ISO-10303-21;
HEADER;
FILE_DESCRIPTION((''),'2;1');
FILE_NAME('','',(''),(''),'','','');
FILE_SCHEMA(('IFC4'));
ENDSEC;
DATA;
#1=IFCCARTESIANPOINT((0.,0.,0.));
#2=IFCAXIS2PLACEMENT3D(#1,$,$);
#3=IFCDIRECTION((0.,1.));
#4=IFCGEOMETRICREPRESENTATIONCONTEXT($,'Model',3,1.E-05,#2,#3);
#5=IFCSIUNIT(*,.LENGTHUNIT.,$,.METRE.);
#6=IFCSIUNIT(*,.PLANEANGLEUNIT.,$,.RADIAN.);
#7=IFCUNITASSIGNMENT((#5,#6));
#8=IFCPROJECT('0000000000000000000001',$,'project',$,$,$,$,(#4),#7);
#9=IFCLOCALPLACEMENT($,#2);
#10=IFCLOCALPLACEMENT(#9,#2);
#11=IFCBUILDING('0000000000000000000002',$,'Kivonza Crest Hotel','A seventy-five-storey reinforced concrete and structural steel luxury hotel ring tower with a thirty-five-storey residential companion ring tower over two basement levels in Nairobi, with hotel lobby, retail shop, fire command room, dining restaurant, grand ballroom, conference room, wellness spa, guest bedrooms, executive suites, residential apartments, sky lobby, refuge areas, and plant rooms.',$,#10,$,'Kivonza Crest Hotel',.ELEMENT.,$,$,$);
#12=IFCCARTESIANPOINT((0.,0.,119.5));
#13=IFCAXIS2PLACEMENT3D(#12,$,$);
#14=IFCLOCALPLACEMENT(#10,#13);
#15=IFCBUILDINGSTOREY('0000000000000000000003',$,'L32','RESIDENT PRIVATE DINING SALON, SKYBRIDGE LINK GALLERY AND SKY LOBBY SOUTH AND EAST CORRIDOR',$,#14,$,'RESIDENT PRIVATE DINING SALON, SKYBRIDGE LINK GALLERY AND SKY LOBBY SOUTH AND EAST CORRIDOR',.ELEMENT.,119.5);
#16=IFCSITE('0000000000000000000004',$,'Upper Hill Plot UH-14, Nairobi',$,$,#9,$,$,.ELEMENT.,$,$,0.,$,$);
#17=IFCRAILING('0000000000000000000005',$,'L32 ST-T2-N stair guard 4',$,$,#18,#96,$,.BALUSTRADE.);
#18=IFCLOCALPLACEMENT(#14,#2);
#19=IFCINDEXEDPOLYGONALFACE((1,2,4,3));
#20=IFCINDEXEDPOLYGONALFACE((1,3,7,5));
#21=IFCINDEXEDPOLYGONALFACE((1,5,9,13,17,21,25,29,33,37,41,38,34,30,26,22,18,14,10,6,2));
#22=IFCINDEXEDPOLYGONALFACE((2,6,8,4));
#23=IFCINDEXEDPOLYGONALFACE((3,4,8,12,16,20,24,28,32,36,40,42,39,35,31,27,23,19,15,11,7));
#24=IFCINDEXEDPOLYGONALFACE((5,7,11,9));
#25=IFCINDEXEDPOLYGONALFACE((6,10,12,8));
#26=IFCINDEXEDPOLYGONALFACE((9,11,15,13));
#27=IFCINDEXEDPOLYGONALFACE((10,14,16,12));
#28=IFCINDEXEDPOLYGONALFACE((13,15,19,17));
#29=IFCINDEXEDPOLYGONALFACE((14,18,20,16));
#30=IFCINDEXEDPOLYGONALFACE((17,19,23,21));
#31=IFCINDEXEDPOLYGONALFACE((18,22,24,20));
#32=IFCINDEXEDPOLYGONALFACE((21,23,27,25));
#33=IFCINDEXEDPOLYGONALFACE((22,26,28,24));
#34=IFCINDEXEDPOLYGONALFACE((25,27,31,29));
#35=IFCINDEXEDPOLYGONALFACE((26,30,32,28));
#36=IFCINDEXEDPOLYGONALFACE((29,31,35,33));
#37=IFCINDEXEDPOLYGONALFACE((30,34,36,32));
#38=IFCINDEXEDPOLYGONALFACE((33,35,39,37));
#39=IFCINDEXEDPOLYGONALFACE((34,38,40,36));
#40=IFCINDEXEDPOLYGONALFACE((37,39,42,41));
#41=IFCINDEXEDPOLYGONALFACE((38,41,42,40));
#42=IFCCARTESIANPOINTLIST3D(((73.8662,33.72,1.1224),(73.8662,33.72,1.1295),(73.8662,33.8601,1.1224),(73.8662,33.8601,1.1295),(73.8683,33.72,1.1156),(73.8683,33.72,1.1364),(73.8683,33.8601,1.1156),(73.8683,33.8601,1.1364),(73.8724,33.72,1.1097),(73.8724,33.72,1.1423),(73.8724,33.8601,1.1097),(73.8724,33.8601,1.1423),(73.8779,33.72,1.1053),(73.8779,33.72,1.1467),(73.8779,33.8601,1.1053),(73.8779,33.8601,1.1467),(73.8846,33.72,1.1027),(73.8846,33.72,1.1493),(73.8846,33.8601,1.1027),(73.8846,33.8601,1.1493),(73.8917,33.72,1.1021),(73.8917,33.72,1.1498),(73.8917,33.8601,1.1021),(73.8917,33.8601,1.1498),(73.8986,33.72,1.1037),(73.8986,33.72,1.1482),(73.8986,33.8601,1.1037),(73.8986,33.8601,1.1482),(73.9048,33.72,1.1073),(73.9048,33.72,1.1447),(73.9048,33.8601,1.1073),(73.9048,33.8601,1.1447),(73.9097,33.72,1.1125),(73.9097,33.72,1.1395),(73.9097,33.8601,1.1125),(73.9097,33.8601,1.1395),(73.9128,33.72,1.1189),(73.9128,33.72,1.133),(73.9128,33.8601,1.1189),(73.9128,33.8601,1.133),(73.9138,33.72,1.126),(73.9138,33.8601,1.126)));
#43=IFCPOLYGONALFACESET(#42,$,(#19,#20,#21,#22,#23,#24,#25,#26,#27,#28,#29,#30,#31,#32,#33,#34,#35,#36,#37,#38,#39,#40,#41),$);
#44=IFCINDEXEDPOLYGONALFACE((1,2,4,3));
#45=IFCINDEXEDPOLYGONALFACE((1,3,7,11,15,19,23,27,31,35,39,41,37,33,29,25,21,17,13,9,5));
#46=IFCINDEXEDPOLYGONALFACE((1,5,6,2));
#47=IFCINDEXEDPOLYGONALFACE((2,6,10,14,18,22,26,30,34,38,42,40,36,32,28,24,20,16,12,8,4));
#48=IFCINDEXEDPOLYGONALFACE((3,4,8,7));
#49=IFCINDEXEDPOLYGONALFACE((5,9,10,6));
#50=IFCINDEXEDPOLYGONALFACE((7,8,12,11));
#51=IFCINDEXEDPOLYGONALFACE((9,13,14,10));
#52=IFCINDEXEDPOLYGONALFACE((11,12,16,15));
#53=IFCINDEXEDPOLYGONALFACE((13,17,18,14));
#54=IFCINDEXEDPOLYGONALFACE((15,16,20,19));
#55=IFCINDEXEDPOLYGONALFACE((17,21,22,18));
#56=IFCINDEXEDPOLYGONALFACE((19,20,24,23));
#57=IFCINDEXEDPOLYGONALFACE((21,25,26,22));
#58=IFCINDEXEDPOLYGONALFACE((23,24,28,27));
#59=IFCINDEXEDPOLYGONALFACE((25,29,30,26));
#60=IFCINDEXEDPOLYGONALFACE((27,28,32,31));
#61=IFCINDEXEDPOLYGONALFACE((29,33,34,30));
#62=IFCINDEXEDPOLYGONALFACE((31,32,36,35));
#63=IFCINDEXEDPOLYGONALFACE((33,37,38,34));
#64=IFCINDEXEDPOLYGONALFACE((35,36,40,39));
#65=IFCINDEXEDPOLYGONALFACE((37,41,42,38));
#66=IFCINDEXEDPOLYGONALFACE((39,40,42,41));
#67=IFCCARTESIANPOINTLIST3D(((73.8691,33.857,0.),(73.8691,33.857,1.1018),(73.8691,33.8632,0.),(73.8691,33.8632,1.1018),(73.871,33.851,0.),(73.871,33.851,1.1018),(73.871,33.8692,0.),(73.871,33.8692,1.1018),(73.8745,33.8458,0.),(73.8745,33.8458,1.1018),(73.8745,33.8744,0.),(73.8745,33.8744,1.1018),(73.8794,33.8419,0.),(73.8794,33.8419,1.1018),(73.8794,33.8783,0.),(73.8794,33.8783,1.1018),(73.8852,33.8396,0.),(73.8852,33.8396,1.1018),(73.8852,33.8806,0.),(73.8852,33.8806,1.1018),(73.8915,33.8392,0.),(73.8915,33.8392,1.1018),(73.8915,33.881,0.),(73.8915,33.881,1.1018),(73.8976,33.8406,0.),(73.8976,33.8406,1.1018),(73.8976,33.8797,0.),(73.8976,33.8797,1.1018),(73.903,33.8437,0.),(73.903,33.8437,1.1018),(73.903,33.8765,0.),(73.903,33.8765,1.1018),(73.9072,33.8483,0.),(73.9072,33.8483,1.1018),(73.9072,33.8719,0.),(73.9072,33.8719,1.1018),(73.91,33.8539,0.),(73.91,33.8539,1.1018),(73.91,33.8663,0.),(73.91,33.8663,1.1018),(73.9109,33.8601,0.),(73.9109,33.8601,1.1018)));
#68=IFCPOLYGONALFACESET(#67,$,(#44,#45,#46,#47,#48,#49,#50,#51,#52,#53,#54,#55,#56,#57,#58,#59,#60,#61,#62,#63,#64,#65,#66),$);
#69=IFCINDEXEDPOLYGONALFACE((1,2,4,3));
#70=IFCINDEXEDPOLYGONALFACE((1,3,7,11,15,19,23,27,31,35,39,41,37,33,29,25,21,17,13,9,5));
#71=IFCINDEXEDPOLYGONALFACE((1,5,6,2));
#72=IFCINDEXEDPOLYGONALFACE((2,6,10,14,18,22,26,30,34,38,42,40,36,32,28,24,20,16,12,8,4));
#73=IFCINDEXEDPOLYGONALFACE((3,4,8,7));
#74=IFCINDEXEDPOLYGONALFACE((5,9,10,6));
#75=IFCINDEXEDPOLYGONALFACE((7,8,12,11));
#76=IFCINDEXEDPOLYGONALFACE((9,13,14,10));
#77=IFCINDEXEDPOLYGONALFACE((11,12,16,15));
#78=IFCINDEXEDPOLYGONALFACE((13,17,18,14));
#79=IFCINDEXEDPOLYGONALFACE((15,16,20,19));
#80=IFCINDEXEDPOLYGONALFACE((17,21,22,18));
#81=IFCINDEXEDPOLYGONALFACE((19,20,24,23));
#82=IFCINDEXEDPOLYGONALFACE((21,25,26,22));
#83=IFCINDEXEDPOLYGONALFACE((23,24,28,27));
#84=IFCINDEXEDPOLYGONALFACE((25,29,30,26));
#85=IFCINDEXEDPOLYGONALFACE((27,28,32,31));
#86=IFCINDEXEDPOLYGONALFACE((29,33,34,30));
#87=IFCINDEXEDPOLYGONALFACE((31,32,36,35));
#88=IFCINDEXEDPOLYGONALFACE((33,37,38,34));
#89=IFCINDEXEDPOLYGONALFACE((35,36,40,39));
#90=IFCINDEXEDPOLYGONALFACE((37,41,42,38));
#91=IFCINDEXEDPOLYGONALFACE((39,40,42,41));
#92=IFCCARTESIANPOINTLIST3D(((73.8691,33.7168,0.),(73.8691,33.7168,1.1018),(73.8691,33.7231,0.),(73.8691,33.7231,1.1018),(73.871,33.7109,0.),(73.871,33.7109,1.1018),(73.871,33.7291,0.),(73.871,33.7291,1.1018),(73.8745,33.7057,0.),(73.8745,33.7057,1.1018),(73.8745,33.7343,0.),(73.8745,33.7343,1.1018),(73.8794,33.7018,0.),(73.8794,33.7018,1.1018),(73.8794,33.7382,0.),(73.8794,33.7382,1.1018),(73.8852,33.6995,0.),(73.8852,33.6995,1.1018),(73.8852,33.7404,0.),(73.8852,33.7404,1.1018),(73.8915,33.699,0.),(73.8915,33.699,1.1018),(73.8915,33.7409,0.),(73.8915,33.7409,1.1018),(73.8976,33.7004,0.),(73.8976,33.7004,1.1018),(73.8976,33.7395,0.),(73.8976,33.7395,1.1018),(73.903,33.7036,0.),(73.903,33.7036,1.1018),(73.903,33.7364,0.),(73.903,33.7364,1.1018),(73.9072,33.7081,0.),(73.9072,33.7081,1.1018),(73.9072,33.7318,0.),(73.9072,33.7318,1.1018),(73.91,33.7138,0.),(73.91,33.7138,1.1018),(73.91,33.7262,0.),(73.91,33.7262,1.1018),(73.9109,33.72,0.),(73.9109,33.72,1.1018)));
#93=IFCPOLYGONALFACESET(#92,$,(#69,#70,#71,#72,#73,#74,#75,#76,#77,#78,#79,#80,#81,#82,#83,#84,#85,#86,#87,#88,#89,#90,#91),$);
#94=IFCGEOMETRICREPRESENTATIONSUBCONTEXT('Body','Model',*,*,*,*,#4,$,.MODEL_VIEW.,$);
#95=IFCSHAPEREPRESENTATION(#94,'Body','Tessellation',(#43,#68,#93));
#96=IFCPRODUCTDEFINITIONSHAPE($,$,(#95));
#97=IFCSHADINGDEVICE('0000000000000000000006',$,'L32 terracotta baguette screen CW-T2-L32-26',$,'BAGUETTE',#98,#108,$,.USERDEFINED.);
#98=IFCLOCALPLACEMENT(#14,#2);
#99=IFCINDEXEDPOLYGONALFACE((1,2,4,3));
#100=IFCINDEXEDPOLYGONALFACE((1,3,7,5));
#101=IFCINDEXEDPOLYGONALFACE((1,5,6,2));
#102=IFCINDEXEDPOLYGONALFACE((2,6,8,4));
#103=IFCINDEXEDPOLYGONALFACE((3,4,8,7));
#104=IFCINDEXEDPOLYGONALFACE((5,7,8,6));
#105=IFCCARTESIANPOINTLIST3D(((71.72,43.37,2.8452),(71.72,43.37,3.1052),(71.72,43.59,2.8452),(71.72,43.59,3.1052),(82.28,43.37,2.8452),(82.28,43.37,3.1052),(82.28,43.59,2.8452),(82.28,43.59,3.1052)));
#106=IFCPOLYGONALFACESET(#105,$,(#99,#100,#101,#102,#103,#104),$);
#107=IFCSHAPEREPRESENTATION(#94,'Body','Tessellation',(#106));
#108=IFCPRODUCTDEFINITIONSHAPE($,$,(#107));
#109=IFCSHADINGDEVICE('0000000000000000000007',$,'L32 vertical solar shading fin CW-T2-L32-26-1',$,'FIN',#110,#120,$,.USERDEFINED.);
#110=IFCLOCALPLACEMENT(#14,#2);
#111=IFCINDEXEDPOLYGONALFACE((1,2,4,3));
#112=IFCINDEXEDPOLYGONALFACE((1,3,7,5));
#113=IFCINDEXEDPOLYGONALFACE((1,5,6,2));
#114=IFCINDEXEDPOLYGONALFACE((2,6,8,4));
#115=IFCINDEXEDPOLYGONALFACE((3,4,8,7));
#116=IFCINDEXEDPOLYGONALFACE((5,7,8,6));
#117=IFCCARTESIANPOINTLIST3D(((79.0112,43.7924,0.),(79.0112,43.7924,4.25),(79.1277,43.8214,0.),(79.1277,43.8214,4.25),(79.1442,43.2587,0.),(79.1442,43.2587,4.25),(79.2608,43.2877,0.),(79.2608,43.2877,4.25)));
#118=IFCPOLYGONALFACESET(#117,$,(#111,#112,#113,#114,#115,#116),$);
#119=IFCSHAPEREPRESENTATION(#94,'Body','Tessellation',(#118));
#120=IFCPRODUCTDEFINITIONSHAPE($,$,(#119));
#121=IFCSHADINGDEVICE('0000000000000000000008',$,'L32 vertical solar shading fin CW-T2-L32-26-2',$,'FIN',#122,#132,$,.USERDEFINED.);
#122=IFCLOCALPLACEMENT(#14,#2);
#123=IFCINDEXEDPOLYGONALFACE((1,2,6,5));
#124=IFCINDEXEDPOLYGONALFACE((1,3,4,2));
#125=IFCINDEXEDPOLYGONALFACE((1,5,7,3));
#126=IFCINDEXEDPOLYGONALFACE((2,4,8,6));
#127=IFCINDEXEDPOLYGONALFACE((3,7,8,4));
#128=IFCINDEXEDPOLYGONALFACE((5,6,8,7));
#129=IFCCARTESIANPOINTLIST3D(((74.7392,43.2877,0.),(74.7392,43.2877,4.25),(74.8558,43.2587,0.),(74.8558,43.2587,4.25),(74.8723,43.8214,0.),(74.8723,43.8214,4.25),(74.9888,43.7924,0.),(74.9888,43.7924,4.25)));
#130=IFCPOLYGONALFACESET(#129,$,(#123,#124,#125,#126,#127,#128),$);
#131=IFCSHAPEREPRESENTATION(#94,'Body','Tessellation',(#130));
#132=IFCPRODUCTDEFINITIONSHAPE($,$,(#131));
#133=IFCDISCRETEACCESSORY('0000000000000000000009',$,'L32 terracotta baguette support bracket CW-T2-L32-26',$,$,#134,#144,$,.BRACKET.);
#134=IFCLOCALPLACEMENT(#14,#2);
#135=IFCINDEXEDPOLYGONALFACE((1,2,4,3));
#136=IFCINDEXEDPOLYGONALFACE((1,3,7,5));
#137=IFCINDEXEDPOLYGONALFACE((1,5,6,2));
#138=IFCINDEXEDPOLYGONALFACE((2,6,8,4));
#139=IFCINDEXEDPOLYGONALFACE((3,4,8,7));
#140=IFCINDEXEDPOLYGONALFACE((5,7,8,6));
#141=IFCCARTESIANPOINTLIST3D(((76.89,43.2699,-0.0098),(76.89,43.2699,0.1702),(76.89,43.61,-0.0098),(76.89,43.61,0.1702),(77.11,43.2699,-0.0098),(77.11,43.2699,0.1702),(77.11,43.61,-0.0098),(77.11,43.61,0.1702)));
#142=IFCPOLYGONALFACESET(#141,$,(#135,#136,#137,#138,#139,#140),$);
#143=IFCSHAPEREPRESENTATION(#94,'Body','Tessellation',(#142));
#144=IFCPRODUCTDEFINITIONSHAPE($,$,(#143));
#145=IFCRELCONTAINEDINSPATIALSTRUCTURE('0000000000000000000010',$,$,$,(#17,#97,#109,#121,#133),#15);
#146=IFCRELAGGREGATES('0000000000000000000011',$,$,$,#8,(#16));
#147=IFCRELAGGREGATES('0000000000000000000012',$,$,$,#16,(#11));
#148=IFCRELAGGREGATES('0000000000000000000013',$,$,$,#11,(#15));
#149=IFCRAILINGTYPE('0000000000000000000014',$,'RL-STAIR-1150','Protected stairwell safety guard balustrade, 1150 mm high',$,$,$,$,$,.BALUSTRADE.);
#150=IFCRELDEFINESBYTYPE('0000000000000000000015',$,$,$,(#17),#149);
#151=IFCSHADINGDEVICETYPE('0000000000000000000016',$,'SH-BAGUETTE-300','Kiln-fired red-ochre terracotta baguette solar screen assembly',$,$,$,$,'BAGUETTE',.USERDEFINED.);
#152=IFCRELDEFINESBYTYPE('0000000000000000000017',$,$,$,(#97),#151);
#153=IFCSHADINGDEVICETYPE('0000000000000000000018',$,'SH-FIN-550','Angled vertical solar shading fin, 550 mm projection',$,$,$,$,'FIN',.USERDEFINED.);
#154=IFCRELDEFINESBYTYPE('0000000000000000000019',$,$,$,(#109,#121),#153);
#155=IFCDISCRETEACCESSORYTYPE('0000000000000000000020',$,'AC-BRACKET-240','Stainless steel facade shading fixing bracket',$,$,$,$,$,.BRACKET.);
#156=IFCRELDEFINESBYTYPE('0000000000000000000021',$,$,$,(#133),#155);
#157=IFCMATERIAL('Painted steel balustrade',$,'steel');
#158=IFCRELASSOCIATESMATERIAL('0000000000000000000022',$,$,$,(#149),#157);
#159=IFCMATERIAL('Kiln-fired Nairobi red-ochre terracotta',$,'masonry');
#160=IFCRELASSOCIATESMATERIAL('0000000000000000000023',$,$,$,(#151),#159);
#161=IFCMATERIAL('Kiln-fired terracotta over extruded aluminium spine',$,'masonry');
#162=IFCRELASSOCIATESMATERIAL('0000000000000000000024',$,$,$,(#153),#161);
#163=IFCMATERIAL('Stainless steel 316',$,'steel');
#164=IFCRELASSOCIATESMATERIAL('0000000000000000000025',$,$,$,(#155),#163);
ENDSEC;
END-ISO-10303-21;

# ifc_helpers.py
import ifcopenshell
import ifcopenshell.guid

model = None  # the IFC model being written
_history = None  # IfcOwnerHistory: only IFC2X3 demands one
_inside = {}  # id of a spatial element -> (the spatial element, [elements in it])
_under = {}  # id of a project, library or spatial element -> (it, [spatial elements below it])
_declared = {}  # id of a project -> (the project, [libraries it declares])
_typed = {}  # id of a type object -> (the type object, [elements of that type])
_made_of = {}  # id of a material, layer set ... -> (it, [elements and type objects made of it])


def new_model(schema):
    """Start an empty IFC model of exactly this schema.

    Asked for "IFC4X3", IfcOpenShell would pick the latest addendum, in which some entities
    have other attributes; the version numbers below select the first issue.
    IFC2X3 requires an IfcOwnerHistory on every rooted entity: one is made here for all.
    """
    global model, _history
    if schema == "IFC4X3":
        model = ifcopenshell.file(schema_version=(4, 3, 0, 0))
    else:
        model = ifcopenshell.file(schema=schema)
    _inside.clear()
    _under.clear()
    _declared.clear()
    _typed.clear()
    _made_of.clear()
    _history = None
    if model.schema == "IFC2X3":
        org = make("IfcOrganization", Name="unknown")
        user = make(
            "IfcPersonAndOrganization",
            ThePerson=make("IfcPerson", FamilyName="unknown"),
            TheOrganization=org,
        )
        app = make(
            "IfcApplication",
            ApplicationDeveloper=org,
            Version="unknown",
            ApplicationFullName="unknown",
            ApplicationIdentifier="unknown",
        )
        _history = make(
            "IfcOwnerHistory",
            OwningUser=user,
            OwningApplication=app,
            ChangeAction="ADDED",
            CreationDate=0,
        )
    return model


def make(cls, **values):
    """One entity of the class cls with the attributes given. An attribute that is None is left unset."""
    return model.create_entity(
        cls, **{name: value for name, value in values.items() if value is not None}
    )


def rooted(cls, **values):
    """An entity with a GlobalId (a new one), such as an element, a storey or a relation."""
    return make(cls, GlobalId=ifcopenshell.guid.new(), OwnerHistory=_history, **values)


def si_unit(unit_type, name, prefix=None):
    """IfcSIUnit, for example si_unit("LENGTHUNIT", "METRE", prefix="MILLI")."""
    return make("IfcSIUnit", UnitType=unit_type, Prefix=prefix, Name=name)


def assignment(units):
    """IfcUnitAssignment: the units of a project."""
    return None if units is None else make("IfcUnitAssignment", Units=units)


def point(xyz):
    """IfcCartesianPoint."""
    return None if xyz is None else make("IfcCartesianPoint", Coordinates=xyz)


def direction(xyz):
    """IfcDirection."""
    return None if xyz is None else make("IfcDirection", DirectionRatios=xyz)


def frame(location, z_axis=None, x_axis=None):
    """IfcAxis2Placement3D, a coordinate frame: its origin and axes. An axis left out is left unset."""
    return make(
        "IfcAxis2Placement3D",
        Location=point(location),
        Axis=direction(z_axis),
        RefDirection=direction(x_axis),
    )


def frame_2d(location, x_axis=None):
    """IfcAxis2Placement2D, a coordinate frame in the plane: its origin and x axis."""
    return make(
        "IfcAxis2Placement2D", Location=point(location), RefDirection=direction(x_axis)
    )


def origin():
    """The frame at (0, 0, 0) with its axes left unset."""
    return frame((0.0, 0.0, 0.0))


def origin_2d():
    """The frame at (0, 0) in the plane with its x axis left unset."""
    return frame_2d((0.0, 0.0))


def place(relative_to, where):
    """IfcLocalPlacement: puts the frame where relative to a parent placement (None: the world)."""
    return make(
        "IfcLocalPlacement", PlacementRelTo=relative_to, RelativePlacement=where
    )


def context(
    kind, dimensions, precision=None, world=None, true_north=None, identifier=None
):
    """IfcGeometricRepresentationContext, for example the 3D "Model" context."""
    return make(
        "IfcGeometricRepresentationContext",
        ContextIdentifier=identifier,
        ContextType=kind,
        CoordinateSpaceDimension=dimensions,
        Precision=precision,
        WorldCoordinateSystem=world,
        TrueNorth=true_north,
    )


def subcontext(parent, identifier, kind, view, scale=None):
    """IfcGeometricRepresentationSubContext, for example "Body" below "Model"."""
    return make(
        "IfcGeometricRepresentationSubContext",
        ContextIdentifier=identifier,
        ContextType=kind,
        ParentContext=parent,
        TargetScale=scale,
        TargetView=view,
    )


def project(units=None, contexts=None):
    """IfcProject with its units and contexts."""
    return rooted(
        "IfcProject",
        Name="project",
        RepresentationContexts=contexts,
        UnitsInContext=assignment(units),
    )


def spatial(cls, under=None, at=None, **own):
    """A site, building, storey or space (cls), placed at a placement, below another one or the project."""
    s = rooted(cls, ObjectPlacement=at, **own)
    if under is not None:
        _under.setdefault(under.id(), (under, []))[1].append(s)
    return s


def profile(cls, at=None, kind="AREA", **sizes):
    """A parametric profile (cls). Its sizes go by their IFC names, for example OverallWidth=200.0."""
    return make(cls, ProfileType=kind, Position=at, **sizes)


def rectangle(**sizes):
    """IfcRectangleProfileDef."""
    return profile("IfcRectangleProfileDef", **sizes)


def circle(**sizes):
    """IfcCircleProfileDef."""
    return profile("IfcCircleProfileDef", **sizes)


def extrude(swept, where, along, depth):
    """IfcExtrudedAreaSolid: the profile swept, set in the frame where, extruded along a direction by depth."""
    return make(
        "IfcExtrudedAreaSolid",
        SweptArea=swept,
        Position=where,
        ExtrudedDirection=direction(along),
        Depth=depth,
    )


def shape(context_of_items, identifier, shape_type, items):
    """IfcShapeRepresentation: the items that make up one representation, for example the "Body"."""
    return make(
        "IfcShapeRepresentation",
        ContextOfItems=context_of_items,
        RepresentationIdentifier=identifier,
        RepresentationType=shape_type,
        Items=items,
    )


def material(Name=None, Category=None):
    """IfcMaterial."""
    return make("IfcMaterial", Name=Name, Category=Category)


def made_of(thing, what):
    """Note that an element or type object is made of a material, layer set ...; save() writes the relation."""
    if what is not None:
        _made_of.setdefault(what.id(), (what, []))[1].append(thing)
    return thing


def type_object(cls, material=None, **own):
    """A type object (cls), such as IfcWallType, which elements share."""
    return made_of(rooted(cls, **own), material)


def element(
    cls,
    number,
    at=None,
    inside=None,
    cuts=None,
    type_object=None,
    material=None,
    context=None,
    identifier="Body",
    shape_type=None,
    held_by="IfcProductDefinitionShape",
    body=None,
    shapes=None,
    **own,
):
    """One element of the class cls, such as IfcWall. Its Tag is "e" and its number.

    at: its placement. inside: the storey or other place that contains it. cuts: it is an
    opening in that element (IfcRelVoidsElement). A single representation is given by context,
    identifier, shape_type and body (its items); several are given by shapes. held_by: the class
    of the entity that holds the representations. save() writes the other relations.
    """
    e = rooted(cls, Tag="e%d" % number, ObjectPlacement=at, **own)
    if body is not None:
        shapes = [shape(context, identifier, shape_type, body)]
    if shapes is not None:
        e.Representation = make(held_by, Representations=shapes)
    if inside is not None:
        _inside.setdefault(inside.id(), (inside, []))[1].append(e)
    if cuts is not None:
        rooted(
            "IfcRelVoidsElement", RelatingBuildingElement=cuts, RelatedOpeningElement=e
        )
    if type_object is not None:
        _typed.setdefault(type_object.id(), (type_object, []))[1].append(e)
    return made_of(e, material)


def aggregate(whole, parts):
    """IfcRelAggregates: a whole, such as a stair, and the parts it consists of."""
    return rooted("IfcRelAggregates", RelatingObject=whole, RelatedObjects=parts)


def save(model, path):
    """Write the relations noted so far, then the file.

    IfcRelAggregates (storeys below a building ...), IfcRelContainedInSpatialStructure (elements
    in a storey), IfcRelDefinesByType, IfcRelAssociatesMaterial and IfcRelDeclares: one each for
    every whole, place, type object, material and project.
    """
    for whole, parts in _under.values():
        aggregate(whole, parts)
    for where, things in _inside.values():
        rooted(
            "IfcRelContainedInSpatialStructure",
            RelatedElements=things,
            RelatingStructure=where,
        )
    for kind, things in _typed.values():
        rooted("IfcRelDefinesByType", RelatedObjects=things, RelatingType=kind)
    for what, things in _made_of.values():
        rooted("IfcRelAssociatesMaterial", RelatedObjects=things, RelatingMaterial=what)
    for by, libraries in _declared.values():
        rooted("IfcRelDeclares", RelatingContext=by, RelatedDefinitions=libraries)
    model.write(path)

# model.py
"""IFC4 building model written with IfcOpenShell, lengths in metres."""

from ifc_helpers import new_model, si_unit, direction, frame, origin, origin_2d, place, context, subcontext, project, spatial, rectangle, circle, extrude, material, type_object, element, save


model = new_model("IFC4")

# Units and contexts
model_context = context("Model", 3, precision=1e-05, world=origin(), true_north=direction((0.0, 1.0)))
body_context = subcontext(model_context, "Body", "Model", "MODEL_VIEW")
ifc_project = project(units=[si_unit("LENGTHUNIT", "METRE"), si_unit("PLANEANGLEUNIT", "RADIAN")], contexts=[model_context])

# Site, building, storey
site_placement = place(None, origin())
site = spatial("IfcSite", under=ifc_project, at=site_placement, Name="Upper Hill Plot UH-14, Nairobi", CompositionType="ELEMENT", RefElevation=0.0)
building_placement = place(site_placement, origin())
building = spatial("IfcBuilding", under=site, at=building_placement, Name="Kivonza Crest Hotel", Description="A seventy-five-storey reinforced concrete and structural steel luxury hotel ring tower with a thirty-five-storey residential companion ring tower over two basement levels in Nairobi, with hotel lobby, retail shop, fire command room, dining restaurant, grand ballroom, conference room, wellness spa, guest bedrooms, executive suites, residential apartments, sky lobby, refuge areas, and plant rooms.", LongName="Kivonza Crest Hotel", CompositionType="ELEMENT")
storey_placement = place(building_placement, frame((0.0, 0.0, 119.5)))
storey = spatial("IfcBuildingStorey", under=building, at=storey_placement, Name="L32", Description="RESIDENT PRIVATE DINING SALON, SKYBRIDGE LINK GALLERY AND SKY LOBBY SOUTH AND EAST CORRIDOR", LongName="RESIDENT PRIVATE DINING SALON, SKYBRIDGE LINK GALLERY AND SKY LOBBY SOUTH AND EAST CORRIDOR", CompositionType="ELEMENT", Elevation=119.5)

# Railing
ifc_material_1 = material(Name="Painted steel balustrade", Category="steel")
railing_type_1 = type_object("IfcRailingType", Name="RL-STAIR-1150", Description="Protected stairwell safety guard balustrade, 1150 mm high", PredefinedType="BALUSTRADE", material=ifc_material_1)
railing_1_placement = place(storey_placement, frame((73.8899, 33.8601, 0.0)))
element("IfcRailing", 1, at=railing_1_placement, inside=storey, type_object=railing_type_1, Name="L32 ST-T2-N stair guard 4", PredefinedType="BALUSTRADE", context=body_context, shape_type="SweptSolid", body=[
    extrude(circle(Radius=0.0239, at=origin_2d()), frame((0.0, 0.0, 1.126), z_axis=(0.0, -1.0, 0.0), x_axis=(1.0, 0.0, 0.0)), (0.0, 0.0, 1.0), 0.1401),
    extrude(circle(Radius=0.021, at=origin_2d()), origin(), (0.0, 0.0, 1.0), 1.1018),
    extrude(circle(Radius=0.021, at=origin_2d()), frame((0.0, -0.1401, 0.0)), (0.0, 0.0, 1.0), 1.1018),
])

# Shading devices
ifc_material_2 = material(Name="Kiln-fired Nairobi red-ochre terracotta", Category="masonry")
shading_device_type_1 = type_object("IfcShadingDeviceType", Name="SH-BAGUETTE-300", Description="Kiln-fired red-ochre terracotta baguette solar screen assembly", ElementType="BAGUETTE", PredefinedType="USERDEFINED", material=ifc_material_2)
shading_device_placement = place(storey_placement, frame((77.0, 43.48, 2.8452), z_axis=(0.0, 0.0, 1.0), x_axis=(-1.0, 0.0, 0.0)))
element("IfcShadingDevice", 2, at=shading_device_placement, inside=storey, type_object=shading_device_type_1, Name="L32 terracotta baguette screen CW-T2-L32-26", ObjectType="BAGUETTE", PredefinedType="USERDEFINED", context=body_context, shape_type="SweptSolid", body=[
    extrude(rectangle(XDim=10.5601, YDim=0.22, at=origin_2d()), origin(), (0.0, 0.0, 1.0), 0.26),
])
ifc_material_3 = material(Name="Kiln-fired terracotta over extruded aluminium spine", Category="masonry")
shading_device_type_2 = type_object("IfcShadingDeviceType", Name="SH-FIN-550", Description="Angled vertical solar shading fin, 550 mm projection", ElementType="FIN", PredefinedType="USERDEFINED", material=ifc_material_3)
for number, where, z_axis, x_axis, name in (
    (3, (79.136, 43.54, 0.0), (0.0, 0.0, 1.0), (-0.970296, -0.241922, 0.0), "L32 vertical solar shading fin CW-T2-L32-26-1"),
    (4, (74.864, 43.54, 0.0), (0.0, 0.0, 1.0), (-0.970296, 0.241922, 0.0), "L32 vertical solar shading fin CW-T2-L32-26-2"),
):
    element("IfcShadingDevice", number, at=place(storey_placement, frame(where, z_axis=z_axis, x_axis=x_axis)), inside=storey, type_object=shading_device_type_2, Name=name, ObjectType="FIN", PredefinedType="USERDEFINED", context=body_context, shape_type="SweptSolid", body=[
        extrude(rectangle(XDim=0.1201, YDim=0.55, at=origin_2d()), origin(), (0.0, 0.0, 1.0), 4.25),
    ])

# Discrete accessory
ifc_material_4 = material(Name="Stainless steel 316", Category="steel")
discrete_accessory_type = type_object("IfcDiscreteAccessoryType", Name="AC-BRACKET-240", Description="Stainless steel facade shading fixing bracket", PredefinedType="BRACKET", material=ifc_material_4)
discrete_accessory_placement = place(storey_placement, frame((77.0, 43.4399, -0.0098), z_axis=(0.0, 0.0, 1.0), x_axis=(-1.0, 0.0, 0.0)))
element("IfcDiscreteAccessory", 5, at=discrete_accessory_placement, inside=storey, type_object=discrete_accessory_type, Name="L32 terracotta baguette support bracket CW-T2-L32-26", PredefinedType="BRACKET", context=body_context, shape_type="SweptSolid", body=[
    extrude(rectangle(XDim=0.22, YDim=0.3401, at=origin_2d()), origin(), (0.0, 0.0, 1.0), 0.1799),
])

save(model, "model.ifc")
